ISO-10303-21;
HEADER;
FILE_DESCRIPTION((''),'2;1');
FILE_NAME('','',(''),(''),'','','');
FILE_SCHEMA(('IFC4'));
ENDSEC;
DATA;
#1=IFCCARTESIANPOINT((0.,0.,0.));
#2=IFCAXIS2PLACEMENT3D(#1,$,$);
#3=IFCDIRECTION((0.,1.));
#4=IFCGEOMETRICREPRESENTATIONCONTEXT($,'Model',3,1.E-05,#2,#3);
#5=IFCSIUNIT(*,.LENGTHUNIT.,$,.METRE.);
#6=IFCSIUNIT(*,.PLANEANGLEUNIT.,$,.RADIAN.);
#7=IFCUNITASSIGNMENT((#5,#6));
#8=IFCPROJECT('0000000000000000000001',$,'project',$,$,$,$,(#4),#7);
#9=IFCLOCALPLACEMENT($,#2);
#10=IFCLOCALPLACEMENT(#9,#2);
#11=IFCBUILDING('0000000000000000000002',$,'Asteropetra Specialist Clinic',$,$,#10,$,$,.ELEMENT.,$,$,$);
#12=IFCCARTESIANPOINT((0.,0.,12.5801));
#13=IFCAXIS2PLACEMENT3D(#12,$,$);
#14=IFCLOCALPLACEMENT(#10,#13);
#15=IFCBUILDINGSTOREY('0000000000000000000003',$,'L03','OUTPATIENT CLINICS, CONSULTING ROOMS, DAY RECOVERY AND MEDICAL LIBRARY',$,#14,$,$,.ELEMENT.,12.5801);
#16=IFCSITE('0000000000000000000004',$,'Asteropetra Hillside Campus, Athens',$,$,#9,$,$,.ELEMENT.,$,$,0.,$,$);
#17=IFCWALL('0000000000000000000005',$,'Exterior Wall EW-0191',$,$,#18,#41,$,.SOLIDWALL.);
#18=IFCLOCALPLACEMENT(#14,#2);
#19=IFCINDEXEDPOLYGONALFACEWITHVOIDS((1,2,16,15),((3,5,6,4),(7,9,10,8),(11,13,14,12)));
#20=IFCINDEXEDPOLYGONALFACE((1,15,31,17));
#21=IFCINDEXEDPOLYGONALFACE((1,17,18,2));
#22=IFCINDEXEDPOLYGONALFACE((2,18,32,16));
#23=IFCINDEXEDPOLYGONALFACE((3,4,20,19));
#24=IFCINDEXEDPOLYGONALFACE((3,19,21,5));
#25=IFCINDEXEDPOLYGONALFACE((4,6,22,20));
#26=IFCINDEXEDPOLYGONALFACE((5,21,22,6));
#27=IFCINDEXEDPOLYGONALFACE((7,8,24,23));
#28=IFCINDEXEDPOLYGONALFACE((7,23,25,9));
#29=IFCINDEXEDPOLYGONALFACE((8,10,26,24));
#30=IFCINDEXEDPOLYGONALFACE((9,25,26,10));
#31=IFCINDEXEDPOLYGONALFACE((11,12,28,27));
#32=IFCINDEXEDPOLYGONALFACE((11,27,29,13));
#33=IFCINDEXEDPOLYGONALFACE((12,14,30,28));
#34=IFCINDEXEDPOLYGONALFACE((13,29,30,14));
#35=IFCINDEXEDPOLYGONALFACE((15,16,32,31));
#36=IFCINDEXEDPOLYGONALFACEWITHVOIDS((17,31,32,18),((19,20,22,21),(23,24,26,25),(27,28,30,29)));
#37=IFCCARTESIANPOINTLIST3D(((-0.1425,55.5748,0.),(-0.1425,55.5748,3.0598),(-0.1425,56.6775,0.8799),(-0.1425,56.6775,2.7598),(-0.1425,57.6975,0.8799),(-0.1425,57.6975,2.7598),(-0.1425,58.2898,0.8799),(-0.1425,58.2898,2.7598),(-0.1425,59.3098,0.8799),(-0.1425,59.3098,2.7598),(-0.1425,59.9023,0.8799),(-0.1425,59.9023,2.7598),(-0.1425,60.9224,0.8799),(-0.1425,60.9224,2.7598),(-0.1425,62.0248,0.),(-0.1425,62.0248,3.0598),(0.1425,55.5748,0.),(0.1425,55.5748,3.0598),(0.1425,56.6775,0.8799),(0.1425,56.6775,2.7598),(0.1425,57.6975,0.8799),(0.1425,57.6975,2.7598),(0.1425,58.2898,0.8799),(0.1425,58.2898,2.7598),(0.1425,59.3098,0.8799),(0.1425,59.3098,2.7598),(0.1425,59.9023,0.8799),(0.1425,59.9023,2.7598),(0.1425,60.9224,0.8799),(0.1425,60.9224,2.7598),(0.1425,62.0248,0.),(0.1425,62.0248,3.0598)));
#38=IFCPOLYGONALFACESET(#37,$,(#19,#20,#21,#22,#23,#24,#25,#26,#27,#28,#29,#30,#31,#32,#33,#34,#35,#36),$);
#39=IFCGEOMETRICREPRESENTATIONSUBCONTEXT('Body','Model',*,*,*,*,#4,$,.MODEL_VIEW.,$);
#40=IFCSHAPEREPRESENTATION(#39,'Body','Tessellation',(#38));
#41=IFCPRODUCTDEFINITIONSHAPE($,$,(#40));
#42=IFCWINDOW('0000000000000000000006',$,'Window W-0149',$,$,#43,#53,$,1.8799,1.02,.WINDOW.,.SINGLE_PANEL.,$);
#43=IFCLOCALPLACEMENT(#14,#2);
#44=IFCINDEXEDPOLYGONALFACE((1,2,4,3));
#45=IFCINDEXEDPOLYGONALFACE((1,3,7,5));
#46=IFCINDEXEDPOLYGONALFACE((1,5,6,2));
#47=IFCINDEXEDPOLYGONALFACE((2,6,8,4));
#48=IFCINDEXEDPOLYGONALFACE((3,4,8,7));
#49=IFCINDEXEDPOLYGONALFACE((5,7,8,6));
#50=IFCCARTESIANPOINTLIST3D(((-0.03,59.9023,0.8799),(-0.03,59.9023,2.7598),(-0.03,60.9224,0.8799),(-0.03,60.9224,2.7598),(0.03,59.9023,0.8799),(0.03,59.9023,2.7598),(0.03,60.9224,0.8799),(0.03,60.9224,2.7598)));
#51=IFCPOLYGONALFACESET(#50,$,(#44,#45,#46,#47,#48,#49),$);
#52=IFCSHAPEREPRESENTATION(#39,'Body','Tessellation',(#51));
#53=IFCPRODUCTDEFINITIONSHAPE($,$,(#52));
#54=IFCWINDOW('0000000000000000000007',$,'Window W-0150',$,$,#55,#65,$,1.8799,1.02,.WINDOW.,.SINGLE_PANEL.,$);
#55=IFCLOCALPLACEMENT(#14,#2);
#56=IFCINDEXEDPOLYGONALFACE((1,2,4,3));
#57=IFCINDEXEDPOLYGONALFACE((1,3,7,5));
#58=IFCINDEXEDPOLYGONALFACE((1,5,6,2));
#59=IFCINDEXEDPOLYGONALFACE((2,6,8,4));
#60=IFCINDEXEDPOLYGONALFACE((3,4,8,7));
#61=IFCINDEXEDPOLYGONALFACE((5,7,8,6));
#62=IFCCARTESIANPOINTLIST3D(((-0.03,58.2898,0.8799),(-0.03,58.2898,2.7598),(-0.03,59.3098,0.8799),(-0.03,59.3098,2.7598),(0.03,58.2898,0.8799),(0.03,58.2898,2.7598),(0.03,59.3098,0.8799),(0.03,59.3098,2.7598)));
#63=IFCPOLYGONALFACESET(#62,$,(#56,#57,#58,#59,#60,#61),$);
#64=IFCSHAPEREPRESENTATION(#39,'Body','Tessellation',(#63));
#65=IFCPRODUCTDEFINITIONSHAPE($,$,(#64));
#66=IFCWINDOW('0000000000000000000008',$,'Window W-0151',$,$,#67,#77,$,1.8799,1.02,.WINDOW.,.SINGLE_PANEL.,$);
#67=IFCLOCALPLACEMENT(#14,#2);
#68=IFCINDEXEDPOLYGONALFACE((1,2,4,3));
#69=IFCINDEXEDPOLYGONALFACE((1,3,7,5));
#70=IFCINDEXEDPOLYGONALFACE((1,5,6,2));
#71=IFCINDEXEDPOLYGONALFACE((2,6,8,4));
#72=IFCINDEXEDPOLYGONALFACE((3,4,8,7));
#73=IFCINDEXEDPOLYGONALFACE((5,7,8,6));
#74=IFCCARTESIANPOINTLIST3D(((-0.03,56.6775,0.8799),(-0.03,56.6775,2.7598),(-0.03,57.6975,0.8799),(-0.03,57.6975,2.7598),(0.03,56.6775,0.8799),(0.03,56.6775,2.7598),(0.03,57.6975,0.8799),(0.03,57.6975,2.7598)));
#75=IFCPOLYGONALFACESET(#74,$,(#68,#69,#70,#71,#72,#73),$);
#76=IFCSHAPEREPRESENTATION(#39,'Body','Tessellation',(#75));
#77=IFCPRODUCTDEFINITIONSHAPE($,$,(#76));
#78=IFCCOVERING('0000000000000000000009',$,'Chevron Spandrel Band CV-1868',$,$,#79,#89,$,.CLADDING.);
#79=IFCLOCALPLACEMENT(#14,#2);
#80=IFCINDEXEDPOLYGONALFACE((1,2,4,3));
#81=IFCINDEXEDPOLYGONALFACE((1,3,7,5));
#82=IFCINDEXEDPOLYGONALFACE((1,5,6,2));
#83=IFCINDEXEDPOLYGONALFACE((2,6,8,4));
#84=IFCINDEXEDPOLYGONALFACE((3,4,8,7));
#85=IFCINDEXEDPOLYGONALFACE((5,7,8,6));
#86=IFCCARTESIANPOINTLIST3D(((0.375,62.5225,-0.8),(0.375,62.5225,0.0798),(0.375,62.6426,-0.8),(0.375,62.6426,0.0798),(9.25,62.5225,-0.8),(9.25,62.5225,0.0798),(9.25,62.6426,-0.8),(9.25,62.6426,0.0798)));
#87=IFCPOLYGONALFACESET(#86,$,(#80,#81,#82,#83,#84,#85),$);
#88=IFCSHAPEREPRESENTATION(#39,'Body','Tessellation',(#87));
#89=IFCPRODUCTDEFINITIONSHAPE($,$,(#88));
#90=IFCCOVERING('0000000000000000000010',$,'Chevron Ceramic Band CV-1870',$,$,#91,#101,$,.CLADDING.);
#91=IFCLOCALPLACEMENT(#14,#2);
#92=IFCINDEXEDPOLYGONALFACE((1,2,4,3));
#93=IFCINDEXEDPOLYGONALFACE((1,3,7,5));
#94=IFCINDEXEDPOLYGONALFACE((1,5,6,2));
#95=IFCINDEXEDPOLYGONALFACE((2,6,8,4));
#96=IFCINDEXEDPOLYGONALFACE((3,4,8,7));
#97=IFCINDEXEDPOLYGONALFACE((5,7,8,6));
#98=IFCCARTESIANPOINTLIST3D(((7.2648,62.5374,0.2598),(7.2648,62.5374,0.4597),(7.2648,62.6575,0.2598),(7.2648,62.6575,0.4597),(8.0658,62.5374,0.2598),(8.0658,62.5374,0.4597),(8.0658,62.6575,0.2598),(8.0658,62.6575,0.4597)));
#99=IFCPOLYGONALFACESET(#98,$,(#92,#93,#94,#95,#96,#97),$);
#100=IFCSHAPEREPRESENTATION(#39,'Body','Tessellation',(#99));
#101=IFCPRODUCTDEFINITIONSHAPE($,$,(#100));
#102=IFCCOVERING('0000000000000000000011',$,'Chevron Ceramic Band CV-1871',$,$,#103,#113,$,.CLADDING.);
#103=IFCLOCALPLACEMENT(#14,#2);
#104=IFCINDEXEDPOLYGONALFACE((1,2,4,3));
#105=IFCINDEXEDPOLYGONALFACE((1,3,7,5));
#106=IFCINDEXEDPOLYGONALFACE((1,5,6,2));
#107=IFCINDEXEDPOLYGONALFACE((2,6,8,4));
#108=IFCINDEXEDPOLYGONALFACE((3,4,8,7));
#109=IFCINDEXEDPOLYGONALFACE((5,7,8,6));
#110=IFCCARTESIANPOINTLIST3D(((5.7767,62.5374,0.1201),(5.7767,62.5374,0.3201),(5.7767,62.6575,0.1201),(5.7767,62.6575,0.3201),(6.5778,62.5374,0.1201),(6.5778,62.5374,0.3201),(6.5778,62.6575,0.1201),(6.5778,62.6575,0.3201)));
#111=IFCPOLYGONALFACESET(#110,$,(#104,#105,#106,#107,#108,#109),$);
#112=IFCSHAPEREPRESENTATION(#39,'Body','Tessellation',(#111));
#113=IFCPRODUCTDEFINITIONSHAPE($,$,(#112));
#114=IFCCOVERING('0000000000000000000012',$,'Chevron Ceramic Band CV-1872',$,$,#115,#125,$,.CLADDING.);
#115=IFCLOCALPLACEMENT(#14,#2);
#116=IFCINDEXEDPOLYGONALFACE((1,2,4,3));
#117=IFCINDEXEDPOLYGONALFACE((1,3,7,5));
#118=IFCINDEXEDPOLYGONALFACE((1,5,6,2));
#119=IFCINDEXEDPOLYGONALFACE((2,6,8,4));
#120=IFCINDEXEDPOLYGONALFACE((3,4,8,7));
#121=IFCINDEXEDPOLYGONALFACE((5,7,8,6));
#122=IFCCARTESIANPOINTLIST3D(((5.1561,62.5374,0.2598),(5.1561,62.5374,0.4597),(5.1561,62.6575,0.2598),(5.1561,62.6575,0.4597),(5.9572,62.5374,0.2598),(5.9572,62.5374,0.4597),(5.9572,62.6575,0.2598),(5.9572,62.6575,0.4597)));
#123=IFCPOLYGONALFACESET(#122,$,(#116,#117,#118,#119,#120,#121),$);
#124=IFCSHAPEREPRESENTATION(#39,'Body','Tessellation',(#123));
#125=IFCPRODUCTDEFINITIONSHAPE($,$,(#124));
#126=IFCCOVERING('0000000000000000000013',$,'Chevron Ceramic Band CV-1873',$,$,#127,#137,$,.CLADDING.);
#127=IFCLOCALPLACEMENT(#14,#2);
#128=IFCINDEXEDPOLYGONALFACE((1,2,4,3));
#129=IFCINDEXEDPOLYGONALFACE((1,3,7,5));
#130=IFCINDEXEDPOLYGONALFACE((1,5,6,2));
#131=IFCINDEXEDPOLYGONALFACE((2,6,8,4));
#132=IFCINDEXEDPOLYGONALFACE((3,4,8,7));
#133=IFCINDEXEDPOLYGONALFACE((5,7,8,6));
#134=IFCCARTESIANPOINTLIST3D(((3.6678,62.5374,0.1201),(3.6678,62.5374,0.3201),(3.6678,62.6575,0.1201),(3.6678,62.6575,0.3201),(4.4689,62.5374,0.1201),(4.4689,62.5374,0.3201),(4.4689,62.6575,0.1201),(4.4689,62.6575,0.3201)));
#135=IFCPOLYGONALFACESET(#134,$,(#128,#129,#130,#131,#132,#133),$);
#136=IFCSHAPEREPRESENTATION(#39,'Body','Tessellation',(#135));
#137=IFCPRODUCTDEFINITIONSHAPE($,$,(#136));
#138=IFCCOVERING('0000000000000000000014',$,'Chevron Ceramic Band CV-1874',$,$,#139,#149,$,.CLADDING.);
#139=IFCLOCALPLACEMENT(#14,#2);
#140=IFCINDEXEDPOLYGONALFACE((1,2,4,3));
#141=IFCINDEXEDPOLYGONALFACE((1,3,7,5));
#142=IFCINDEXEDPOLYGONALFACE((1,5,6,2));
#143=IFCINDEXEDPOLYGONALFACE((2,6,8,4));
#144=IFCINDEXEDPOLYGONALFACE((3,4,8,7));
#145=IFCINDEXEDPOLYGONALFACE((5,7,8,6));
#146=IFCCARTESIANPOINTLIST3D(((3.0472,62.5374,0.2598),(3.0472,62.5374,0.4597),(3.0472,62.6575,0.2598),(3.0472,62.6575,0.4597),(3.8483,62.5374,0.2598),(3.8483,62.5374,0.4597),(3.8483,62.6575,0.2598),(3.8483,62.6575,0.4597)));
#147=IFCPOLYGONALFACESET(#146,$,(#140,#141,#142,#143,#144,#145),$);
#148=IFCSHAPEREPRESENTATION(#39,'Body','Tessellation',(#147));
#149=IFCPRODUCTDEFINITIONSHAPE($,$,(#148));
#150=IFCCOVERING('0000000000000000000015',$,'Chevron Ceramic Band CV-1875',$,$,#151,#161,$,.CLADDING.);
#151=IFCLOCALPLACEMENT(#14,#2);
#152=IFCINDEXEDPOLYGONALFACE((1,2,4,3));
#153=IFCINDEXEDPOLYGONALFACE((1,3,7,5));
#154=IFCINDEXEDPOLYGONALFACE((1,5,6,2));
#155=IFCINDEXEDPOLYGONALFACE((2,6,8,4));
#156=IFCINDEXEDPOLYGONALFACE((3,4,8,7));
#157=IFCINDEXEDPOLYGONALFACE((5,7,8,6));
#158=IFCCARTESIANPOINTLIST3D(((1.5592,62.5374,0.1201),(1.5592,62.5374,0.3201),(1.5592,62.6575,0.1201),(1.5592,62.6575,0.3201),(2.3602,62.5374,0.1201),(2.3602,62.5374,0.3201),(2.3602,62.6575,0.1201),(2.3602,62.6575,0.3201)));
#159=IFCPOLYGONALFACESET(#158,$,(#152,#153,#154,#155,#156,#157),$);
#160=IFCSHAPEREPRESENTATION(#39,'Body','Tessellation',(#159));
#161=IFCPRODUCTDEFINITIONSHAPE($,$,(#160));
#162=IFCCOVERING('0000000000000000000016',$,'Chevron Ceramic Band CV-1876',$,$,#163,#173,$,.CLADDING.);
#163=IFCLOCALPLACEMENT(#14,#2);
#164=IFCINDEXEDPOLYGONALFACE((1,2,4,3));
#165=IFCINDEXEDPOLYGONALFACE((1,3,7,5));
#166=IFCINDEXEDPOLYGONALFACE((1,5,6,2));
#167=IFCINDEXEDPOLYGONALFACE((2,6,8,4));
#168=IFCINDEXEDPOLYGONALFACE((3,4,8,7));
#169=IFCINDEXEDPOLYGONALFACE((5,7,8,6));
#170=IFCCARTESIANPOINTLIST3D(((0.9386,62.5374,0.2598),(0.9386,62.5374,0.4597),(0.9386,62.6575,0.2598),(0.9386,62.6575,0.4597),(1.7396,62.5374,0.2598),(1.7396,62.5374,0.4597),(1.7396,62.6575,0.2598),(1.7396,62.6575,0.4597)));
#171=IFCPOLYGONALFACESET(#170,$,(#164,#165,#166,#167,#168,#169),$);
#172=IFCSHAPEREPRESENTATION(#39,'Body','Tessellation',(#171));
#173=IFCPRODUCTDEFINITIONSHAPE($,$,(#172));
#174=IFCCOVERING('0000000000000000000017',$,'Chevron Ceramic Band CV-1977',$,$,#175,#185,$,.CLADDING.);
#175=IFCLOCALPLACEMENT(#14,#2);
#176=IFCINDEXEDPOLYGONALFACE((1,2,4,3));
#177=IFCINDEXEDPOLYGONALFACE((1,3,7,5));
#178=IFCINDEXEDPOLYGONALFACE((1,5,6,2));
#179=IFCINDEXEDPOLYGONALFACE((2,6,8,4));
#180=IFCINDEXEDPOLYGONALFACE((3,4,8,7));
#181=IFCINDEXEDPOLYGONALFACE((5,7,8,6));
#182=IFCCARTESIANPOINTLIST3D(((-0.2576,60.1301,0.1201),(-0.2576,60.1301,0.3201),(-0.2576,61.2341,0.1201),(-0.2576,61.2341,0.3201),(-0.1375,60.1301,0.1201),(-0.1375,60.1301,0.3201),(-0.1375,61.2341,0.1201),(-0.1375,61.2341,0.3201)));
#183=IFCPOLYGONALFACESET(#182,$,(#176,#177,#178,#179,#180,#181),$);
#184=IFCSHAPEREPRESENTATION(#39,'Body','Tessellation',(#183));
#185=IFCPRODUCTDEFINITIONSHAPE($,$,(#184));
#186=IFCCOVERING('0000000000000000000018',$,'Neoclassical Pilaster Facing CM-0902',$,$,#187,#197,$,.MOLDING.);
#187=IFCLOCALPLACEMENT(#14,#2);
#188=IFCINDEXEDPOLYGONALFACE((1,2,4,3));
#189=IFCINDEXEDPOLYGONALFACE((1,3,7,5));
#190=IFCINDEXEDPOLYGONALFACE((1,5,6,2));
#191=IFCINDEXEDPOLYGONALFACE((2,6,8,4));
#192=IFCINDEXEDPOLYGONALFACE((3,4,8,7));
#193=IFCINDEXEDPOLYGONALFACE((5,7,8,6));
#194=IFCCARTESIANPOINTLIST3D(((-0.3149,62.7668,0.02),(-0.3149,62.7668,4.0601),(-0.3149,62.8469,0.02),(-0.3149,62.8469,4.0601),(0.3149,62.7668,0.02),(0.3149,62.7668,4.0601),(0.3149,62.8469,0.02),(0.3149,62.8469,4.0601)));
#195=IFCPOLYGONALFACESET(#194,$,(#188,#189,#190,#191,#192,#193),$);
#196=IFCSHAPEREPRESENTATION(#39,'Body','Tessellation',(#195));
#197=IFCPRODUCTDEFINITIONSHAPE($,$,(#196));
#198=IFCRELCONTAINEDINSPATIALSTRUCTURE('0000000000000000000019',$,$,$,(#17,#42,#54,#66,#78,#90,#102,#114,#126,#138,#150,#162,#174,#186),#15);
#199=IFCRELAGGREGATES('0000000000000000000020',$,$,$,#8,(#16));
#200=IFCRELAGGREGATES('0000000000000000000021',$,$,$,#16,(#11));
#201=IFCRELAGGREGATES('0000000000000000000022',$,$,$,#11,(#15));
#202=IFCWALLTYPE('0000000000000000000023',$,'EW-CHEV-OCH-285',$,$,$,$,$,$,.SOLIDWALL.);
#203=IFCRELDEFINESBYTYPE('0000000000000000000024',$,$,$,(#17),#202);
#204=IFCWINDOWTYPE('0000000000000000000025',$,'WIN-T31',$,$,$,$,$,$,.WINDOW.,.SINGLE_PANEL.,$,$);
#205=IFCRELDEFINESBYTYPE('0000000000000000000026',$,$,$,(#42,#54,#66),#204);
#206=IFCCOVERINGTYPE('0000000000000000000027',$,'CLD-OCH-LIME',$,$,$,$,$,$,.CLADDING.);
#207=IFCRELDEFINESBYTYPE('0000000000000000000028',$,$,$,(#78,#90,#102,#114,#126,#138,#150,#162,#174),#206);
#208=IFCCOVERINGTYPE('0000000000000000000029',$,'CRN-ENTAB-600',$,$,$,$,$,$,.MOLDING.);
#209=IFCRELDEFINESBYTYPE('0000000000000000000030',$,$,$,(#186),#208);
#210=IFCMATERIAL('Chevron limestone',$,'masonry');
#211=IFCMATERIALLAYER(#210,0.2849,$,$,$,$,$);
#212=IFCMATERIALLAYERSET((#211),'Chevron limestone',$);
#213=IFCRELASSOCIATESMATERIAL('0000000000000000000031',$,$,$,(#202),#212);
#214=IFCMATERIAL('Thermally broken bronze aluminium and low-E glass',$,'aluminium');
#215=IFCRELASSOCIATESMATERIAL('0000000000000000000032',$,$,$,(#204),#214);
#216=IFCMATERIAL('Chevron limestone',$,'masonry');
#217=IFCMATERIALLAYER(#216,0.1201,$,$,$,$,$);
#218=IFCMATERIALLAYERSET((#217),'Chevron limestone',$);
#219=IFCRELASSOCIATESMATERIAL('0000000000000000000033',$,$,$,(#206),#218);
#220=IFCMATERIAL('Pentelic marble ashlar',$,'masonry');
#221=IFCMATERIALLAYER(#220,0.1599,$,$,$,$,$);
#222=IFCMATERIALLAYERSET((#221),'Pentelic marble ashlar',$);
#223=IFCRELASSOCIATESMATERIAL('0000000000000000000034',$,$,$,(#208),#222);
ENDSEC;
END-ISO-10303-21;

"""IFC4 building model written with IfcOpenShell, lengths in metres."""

from ifc_helpers import new_model, si_unit, direction, frame, frame_2d, origin, origin_2d, place, context, subcontext, project, spatial, rectangle, extrude, material, layer, layer_set, type_object, element, fill, save


model = new_model("IFC4")

# Units and contexts
model_context = context("Model", 3, precision=1e-05, world=origin(), true_north=direction((0.0, 1.0)))
body_context = subcontext(model_context, "Body", "Model", "MODEL_VIEW")
ifc_project = project(units=[si_unit("LENGTHUNIT", "METRE"), si_unit("PLANEANGLEUNIT", "RADIAN")], contexts=[model_context])

# Site, building, storey
site_placement = place(None, origin())
site = spatial("IfcSite", under=ifc_project, at=site_placement, Name="Asteropetra Hillside Campus, Athens", CompositionType="ELEMENT", RefElevation=0.0)
building_placement = place(site_placement, origin())
building = spatial("IfcBuilding", under=site, at=building_placement, Name="Asteropetra Specialist Clinic", CompositionType="ELEMENT")
storey_placement = place(building_placement, frame((0.0, 0.0, 12.5801)))
storey = spatial("IfcBuildingStorey", under=building, at=storey_placement, Name="L03", Description="OUTPATIENT CLINICS, CONSULTING ROOMS, DAY RECOVERY AND MEDICAL LIBRARY", CompositionType="ELEMENT", Elevation=12.5801)

# Wall, openings, windows
ifc_material_1 = material(Name="Chevron limestone", Category="masonry")
ifc_layer_1 = layer(ifc_material_1, 0.2849)
ifc_layer_set_1 = layer_set([ifc_layer_1], Name="Chevron limestone")
wall_type = type_object("IfcWallType", Name="EW-CHEV-OCH-285", PredefinedType="SOLIDWALL", material=ifc_layer_set_1)
wall_placement = place(storey_placement, frame((0.0, 62.0249, 0.0), z_axis=(0.0, 0.0, 1.0), x_axis=(0.0, -1.0, 0.0)))
wall = element("IfcWall", 1, at=wall_placement, inside=storey, type_object=wall_type, Name="Exterior Wall EW-0191", PredefinedType="SOLIDWALL", context=body_context, shape_type="SweptSolid", body=[
    extrude(rectangle(XDim=6.45, YDim=0.2849, at=frame_2d((3.2251, 0.0))), origin(), (0.0, 0.0, 1.0), 3.0598),
])
opening_1_placement = place(wall_placement, frame((1.1025, 0.0, 0.8799)))
opening_1 = element("IfcOpeningElement", 2, at=opening_1_placement, cuts=wall, PredefinedType="OPENING", context=body_context, shape_type="SweptSolid", body=[
    extrude(rectangle(XDim=1.02, YDim=1.8799, at=frame_2d((0.51, 0.9399))), frame((0.0, 0.1523, 0.0), z_axis=(0.0, -1.0, 0.0), x_axis=(1.0, 0.0, 0.0)), (0.0, 0.0, 1.0), 0.3049),
])
opening_2_placement = place(wall_placement, frame((2.7151, 0.0, 0.8799)))
opening_2 = element("IfcOpeningElement", 3, at=opening_2_placement, cuts=wall, PredefinedType="OPENING", context=body_context, shape_type="SweptSolid", body=[
    extrude(rectangle(XDim=1.02, YDim=1.8799, at=frame_2d((0.51, 0.9399))), frame((0.0, 0.1523, 0.0), z_axis=(0.0, -1.0, 0.0), x_axis=(1.0, 0.0, 0.0)), (0.0, 0.0, 1.0), 0.3049),
])
opening_3_placement = place(wall_placement, frame((4.3274, 0.0, 0.8799)))
opening_3 = element("IfcOpeningElement", 4, at=opening_3_placement, cuts=wall, PredefinedType="OPENING", context=body_context, shape_type="SweptSolid", body=[
    extrude(rectangle(XDim=1.02, YDim=1.8799, at=frame_2d((0.51, 0.9399))), frame((0.0, 0.1523, 0.0), z_axis=(0.0, -1.0, 0.0), x_axis=(1.0, 0.0, 0.0)), (0.0, 0.0, 1.0), 0.3049),
])
ifc_material_2 = material(Name="Thermally broken bronze aluminium and low-E glass", Category="aluminium")
window_type = type_object("IfcWindowType", Name="WIN-T31", PartitioningType="SINGLE_PANEL", PredefinedType="WINDOW", material=ifc_material_2)
window_1_placement = place(opening_1_placement, origin())
window_1 = element("IfcWindow", 5, at=window_1_placement, inside=storey, type_object=window_type, Name="Window W-0149", OverallHeight=1.8799, OverallWidth=1.02, PartitioningType="SINGLE_PANEL", PredefinedType="WINDOW", context=body_context, shape_type="SweptSolid", body=[
    extrude(rectangle(XDim=1.02, YDim=1.8799, at=frame_2d((0.51, 0.9399))), frame((0.0, 0.03, 0.0), z_axis=(0.0, -1.0, 0.0), x_axis=(1.0, 0.0, 0.0)), (0.0, 0.0, 1.0), 0.0601),
])
fill(opening_1, window_1)
window_2_placement = place(opening_2_placement, origin())
window_2 = element("IfcWindow", 6, at=window_2_placement, inside=storey, type_object=window_type, Name="Window W-0150", OverallHeight=1.8799, OverallWidth=1.02, PartitioningType="SINGLE_PANEL", PredefinedType="WINDOW", context=body_context, shape_type="SweptSolid", body=[
    extrude(rectangle(XDim=1.02, YDim=1.8799, at=frame_2d((0.51, 0.9399))), frame((0.0, 0.03, 0.0), z_axis=(0.0, -1.0, 0.0), x_axis=(1.0, 0.0, 0.0)), (0.0, 0.0, 1.0), 0.0601),
])
fill(opening_2, window_2)
window_3_placement = place(opening_3_placement, origin())
window_3 = element("IfcWindow", 7, at=window_3_placement, inside=storey, type_object=window_type, Name="Window W-0151", OverallHeight=1.8799, OverallWidth=1.02, PartitioningType="SINGLE_PANEL", PredefinedType="WINDOW", context=body_context, shape_type="SweptSolid", body=[
    extrude(rectangle(XDim=1.02, YDim=1.8799, at=frame_2d((0.51, 0.9399))), frame((0.0, 0.03, 0.0), z_axis=(0.0, -1.0, 0.0), x_axis=(1.0, 0.0, 0.0)), (0.0, 0.0, 1.0), 0.0601),
])
fill(opening_3, window_3)

# Coverings
ifc_material_3 = material(Name="Chevron limestone", Category="masonry")
ifc_layer_2 = layer(ifc_material_3, 0.1201)
ifc_layer_set_2 = layer_set([ifc_layer_2], Name="Chevron limestone")
covering_type_1 = type_object("IfcCoveringType", Name="CLD-OCH-LIME", PredefinedType="CLADDING", material=ifc_layer_set_2)
covering_1_placement = place(storey_placement, frame((4.8125, 62.5825, -0.8), z_axis=(0.0, 0.0, 1.0), x_axis=(1.0, 0.0, 0.0)))
element("IfcCovering", 8, at=covering_1_placement, inside=storey, type_object=covering_type_1, Name="Chevron Spandrel Band CV-1868", PredefinedType="CLADDING", context=body_context, shape_type="SweptSolid", body=[
    extrude(rectangle(XDim=8.875, YDim=0.1201, at=origin_2d()), origin(), (0.0, 0.0, 1.0), 0.8799),
])
for number, where, z_axis, x_axis, name in (
    (9, (7.6653, 62.5974, 0.2598), (0.0, 0.0, 1.0), (1.0, 0.0, 0.0), "Chevron Ceramic Band CV-1870"),
    (10, (6.1772, 62.5974, 0.1201), (0.0, 0.0, 1.0), (1.0, 0.0, 0.0), "Chevron Ceramic Band CV-1871"),
    (11, (5.5566, 62.5974, 0.2598), (0.0, 0.0, 1.0), (1.0, 0.0, 0.0), "Chevron Ceramic Band CV-1872"),
    (12, (4.0684, 62.5974, 0.1201), (0.0, 0.0, 1.0), (1.0, 0.0, 0.0), "Chevron Ceramic Band CV-1873"),
    (13, (3.4478, 62.5974, 0.2598), (0.0, 0.0, 1.0), (1.0, 0.0, 0.0), "Chevron Ceramic Band CV-1874"),
    (14, (1.9597, 62.5974, 0.1201), (0.0, 0.0, 1.0), (1.0, 0.0, 0.0), "Chevron Ceramic Band CV-1875"),
    (15, (1.3391, 62.5974, 0.2598), (0.0, 0.0, 1.0), (1.0, 0.0, 0.0), "Chevron Ceramic Band CV-1876"),
):
    element("IfcCovering", number, at=place(storey_placement, frame(where, z_axis=z_axis, x_axis=x_axis)), inside=storey, type_object=covering_type_1, Name=name, PredefinedType="CLADDING", context=body_context, shape_type="SweptSolid", body=[
        extrude(rectangle(XDim=0.801, YDim=0.1201, at=origin_2d()), origin(), (0.0, 0.0, 1.0), 0.2),
    ])
covering_2_placement = place(storey_placement, frame((-0.1975, 60.6821, 0.1201), z_axis=(0.0, 0.0, 1.0), x_axis=(1.0, 0.0, 0.0)))
element("IfcCovering", 16, at=covering_2_placement, inside=storey, type_object=covering_type_1, Name="Chevron Ceramic Band CV-1977", PredefinedType="CLADDING", context=body_context, shape_type="SweptSolid", body=[
    extrude(rectangle(XDim=0.1201, YDim=1.104, at=origin_2d()), origin(), (0.0, 0.0, 1.0), 0.2),
])
ifc_material_4 = material(Name="Pentelic marble ashlar", Category="masonry")
ifc_layer_3 = layer(ifc_material_4, 0.1599)
ifc_layer_set_3 = layer_set([ifc_layer_3], Name="Pentelic marble ashlar")
covering_type_2 = type_object("IfcCoveringType", Name="CRN-ENTAB-600", PredefinedType="MOLDING", material=ifc_layer_set_3)
covering_3_placement = place(storey_placement, frame((0.0, 62.8069, 0.02), z_axis=(0.0, 0.0, 1.0), x_axis=(1.0, 0.0, 0.0)))
element("IfcCovering", 17, at=covering_3_placement, inside=storey, type_object=covering_type_2, Name="Neoclassical Pilaster Facing CM-0902", PredefinedType="MOLDING", context=body_context, shape_type="SweptSolid", body=[
    extrude(rectangle(XDim=0.6299, YDim=0.0801, at=origin_2d()), origin(), (0.0, 0.0, 1.0), 4.04),
])

save(model, "model.ifc")
